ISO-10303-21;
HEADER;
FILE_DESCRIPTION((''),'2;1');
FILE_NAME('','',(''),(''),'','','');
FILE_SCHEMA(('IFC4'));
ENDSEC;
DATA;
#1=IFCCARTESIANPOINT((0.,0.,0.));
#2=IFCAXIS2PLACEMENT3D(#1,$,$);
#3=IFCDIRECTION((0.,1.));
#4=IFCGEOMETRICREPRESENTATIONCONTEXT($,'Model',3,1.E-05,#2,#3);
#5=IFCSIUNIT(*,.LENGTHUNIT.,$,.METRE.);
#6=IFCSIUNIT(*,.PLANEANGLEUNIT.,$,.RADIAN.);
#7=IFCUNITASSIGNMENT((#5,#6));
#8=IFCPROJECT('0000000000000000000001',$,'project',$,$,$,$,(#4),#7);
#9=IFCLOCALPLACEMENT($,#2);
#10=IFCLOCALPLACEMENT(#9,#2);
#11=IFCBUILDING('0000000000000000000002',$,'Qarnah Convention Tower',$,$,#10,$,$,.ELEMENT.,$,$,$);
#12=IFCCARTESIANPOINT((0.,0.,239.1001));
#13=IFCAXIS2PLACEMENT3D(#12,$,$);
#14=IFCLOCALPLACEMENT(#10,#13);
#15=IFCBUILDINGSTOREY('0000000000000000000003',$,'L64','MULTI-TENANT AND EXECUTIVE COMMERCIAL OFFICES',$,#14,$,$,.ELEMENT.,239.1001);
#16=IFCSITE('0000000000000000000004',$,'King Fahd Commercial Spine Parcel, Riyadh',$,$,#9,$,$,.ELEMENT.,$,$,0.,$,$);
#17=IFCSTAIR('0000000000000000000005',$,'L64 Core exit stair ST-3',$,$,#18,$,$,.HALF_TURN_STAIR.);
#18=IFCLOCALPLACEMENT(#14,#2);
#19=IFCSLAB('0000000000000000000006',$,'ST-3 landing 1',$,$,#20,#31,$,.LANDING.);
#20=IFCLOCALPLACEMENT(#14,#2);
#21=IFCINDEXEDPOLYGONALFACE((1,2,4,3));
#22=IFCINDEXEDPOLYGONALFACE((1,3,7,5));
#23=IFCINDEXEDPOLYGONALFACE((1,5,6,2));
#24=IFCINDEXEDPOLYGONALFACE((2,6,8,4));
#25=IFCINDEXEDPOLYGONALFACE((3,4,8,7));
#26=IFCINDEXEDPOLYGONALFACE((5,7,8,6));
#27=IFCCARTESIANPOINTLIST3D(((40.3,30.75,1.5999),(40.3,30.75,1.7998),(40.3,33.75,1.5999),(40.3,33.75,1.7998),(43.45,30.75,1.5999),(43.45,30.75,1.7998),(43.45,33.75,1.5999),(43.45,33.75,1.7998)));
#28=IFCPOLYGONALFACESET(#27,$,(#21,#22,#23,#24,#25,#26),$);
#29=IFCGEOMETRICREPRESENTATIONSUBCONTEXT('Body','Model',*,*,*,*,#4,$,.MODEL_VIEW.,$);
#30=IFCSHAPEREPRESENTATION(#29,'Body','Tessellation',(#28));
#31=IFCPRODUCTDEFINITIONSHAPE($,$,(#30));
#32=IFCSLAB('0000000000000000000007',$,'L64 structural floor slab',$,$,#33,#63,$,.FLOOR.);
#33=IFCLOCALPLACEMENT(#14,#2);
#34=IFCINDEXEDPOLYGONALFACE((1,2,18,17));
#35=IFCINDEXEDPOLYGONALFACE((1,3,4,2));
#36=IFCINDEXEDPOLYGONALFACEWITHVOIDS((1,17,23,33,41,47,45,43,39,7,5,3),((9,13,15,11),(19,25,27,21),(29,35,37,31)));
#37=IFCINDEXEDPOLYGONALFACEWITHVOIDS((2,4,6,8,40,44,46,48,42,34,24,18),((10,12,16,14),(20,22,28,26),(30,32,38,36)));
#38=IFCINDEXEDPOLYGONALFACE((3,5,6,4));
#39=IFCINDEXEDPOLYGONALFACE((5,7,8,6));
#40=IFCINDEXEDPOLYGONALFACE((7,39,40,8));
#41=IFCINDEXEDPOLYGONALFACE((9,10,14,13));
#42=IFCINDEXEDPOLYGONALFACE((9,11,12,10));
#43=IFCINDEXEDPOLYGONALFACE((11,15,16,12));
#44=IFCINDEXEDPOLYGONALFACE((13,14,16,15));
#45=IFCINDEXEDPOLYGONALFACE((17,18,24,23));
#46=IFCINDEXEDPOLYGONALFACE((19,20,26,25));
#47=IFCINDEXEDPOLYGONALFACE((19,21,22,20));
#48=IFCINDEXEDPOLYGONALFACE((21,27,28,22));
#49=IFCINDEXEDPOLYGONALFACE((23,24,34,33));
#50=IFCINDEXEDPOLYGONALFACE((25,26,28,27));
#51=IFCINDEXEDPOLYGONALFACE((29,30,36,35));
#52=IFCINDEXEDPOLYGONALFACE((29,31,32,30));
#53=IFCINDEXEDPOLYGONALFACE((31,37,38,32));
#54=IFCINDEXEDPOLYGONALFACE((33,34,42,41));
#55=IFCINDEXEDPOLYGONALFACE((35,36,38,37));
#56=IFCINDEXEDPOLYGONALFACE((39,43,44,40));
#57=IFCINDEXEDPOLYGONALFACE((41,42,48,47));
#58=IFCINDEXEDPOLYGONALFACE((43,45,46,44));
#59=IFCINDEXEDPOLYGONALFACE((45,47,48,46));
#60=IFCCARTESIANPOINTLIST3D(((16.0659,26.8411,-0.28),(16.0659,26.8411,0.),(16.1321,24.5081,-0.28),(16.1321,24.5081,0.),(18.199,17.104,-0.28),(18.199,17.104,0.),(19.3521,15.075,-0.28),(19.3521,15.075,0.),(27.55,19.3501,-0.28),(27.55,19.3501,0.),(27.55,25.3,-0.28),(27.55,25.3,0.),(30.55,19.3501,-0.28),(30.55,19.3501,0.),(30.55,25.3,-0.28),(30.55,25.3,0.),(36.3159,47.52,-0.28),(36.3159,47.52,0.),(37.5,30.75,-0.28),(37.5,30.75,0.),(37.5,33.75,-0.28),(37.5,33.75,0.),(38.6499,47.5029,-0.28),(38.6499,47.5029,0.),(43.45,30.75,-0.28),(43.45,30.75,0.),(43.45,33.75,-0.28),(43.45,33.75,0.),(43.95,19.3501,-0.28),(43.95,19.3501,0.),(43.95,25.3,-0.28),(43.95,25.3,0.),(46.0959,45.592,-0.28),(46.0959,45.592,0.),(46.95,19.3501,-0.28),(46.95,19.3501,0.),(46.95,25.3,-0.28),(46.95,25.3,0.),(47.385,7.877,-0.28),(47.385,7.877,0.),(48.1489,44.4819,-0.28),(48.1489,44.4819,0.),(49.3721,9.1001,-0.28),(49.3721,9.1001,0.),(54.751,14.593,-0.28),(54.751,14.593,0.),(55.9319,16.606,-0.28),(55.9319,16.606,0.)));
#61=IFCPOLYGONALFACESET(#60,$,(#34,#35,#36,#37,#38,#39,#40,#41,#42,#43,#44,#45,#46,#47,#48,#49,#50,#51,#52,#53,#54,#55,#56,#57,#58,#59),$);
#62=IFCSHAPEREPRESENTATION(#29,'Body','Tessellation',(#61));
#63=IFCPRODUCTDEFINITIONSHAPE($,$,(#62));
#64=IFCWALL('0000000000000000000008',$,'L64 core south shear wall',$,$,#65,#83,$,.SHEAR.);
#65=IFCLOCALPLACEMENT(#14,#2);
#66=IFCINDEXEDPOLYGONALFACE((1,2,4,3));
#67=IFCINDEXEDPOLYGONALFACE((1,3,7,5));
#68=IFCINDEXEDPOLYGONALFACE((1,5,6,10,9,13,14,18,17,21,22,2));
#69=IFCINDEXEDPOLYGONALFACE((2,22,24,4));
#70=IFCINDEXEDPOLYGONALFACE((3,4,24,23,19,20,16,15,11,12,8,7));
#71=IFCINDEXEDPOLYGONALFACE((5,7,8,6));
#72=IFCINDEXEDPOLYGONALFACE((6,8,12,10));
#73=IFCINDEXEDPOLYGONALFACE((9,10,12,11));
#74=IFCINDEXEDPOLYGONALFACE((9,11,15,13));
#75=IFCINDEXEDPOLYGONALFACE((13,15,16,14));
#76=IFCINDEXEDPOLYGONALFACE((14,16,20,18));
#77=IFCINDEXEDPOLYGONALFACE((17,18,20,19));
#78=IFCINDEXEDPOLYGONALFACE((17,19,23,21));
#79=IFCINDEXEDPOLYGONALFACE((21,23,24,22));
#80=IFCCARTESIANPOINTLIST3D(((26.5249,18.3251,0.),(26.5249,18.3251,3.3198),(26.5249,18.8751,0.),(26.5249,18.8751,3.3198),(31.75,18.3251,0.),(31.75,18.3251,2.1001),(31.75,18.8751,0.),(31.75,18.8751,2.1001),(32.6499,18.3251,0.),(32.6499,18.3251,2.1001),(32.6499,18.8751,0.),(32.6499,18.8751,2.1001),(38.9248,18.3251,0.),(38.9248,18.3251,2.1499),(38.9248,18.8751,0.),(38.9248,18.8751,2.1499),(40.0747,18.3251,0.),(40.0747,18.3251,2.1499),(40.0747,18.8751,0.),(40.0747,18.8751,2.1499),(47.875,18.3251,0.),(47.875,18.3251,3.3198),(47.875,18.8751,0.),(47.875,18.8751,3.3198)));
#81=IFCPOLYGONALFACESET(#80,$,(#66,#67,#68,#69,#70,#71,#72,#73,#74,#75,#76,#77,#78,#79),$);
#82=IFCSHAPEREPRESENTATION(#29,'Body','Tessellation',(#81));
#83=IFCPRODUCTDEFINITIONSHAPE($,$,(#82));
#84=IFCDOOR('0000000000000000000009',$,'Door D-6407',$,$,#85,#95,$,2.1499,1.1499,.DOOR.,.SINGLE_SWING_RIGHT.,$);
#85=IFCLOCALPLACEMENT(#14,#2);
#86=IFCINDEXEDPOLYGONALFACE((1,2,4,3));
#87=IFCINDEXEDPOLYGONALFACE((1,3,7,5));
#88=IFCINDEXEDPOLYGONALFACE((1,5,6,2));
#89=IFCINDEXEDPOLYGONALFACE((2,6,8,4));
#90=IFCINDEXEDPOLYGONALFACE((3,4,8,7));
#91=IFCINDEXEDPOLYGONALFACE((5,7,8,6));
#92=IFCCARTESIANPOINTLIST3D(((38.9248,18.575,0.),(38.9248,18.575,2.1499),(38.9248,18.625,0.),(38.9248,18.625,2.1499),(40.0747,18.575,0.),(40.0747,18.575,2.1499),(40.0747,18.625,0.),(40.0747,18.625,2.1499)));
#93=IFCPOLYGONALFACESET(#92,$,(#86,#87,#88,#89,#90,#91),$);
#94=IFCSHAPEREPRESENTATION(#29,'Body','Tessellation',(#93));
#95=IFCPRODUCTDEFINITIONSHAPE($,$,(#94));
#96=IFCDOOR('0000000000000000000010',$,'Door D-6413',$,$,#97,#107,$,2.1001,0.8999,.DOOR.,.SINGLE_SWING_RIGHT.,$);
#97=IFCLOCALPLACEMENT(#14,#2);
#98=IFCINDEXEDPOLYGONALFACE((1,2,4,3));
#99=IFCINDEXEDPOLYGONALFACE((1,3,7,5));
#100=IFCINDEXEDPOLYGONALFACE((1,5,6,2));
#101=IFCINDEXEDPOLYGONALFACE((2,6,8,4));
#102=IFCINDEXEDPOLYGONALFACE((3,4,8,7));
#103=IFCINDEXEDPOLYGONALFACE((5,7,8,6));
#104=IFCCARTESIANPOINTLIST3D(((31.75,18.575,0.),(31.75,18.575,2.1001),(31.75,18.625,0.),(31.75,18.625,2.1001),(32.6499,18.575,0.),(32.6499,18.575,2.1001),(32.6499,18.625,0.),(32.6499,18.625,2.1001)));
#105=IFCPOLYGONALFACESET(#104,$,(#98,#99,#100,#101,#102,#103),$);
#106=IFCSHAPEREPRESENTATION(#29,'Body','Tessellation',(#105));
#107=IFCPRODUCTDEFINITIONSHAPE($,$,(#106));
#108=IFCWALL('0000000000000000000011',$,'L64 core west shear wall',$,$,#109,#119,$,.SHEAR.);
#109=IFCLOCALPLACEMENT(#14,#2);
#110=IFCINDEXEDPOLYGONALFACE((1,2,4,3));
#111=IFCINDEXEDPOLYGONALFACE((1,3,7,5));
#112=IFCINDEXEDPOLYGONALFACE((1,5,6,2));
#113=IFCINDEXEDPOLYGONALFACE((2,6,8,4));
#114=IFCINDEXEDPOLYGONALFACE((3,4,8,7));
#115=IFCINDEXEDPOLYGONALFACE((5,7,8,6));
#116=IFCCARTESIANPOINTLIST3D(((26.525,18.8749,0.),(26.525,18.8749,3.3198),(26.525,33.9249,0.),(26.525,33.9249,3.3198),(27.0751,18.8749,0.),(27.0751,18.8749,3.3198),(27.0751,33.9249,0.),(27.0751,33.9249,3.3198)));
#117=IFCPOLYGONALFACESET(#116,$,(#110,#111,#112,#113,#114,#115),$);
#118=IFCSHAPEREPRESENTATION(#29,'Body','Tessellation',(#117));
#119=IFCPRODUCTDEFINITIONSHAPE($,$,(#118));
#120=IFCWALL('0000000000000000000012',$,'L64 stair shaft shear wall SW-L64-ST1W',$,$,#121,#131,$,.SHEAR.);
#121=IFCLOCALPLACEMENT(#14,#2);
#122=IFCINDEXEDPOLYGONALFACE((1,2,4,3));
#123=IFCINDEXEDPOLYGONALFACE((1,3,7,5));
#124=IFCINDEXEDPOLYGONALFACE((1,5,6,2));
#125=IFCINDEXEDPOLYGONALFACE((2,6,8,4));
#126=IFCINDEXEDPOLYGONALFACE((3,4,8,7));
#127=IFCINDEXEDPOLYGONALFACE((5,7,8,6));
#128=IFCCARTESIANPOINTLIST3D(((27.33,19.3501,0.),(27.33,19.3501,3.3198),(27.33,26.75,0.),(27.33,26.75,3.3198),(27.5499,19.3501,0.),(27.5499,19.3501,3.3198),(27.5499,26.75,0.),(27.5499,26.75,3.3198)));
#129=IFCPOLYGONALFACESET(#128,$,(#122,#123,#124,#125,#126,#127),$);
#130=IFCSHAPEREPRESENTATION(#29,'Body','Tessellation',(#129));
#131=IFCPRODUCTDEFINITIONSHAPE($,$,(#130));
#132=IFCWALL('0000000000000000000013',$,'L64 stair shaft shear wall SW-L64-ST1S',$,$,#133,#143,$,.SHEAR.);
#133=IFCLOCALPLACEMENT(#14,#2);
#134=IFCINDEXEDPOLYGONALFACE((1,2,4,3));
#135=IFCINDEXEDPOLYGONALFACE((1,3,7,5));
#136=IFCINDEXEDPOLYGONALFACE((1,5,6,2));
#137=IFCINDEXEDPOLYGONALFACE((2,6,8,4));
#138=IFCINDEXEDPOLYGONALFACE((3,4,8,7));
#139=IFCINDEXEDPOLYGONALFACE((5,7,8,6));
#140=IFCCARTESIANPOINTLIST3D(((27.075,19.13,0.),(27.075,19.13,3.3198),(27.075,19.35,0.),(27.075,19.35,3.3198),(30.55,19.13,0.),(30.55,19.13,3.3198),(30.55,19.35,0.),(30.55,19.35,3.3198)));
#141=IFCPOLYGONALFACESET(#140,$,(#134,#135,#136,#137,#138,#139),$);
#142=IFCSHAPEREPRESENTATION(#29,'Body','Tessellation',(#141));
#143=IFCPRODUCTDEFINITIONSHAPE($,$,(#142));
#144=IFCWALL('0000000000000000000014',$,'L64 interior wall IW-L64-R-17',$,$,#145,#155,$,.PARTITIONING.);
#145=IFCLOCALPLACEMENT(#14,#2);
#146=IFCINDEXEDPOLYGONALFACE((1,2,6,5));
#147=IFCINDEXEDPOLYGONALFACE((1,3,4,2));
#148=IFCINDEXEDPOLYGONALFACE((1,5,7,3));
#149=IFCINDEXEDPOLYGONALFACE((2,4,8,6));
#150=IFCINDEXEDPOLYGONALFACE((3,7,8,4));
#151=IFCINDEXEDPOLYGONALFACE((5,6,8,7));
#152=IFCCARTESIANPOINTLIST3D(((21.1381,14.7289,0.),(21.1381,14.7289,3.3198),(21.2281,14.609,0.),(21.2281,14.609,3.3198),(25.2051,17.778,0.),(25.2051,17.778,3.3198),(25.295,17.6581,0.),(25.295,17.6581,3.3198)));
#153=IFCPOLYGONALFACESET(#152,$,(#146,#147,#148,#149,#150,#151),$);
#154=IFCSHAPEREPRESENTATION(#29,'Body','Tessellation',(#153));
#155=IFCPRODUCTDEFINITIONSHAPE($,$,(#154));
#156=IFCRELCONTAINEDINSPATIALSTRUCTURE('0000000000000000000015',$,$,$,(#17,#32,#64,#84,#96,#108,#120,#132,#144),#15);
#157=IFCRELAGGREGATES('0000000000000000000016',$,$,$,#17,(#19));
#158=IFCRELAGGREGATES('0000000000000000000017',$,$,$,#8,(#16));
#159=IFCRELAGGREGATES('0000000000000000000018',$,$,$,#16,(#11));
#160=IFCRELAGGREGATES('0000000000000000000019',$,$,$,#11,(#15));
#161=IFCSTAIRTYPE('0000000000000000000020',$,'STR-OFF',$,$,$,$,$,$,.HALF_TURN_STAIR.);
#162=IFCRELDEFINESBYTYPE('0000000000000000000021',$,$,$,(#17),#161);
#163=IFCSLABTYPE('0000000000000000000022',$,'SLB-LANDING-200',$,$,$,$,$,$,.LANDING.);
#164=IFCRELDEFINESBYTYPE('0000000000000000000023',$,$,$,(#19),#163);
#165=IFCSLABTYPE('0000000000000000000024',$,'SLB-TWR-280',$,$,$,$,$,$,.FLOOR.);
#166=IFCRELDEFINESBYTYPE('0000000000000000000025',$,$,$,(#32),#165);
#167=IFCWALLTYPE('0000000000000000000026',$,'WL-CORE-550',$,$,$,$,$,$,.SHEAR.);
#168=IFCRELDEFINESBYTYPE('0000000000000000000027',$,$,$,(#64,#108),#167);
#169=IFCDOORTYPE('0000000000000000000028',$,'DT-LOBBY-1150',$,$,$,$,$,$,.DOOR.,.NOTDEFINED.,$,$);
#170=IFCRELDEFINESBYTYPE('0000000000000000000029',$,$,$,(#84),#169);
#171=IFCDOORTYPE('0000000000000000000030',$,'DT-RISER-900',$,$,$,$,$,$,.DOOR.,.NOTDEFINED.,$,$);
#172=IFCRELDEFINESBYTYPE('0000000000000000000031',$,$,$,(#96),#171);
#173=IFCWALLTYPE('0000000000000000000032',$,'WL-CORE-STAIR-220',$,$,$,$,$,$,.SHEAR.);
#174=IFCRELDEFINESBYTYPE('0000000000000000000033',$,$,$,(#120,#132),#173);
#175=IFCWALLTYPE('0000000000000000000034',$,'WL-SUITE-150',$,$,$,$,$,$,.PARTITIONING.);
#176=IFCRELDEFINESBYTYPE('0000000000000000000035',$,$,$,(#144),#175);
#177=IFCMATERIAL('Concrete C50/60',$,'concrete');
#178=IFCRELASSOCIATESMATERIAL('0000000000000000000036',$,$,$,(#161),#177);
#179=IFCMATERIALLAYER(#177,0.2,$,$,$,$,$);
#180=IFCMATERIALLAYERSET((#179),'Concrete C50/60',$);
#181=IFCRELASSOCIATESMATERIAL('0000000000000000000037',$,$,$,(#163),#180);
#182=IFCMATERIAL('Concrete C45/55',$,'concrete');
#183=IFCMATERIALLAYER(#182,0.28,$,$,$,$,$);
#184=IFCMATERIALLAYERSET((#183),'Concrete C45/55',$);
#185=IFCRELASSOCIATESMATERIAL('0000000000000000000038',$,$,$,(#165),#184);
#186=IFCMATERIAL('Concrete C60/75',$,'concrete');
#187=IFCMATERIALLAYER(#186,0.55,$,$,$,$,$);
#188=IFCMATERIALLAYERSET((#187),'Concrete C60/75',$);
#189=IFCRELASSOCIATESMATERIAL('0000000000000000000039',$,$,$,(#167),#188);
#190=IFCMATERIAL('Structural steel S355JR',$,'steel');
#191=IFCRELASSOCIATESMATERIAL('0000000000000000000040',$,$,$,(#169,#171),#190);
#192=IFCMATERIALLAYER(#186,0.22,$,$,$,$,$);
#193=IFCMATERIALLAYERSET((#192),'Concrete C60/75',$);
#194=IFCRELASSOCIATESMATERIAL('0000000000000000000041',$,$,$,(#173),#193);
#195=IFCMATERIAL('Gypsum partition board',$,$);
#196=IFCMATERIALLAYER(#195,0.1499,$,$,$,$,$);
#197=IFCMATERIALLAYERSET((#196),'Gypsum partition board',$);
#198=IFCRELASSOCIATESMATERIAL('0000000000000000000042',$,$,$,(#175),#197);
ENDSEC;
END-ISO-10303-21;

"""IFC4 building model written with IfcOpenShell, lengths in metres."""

from ifc_helpers import new_model, si_unit, direction, frame, frame_2d, origin, place, context, subcontext, project, spatial, polyline, rectangle, outline, extrude, material, layer, layer_set, type_object, element, fill, aggregate, save


model = new_model("IFC4")

# Units and contexts
model_context = context("Model", 3, precision=1e-05, world=origin(), true_north=direction((0.0, 1.0)))
body_context = subcontext(model_context, "Body", "Model", "MODEL_VIEW")
ifc_project = project(units=[si_unit("LENGTHUNIT", "METRE"), si_unit("PLANEANGLEUNIT", "RADIAN")], contexts=[model_context])

# Site, building, storey
site_placement = place(None, origin())
site = spatial("IfcSite", under=ifc_project, at=site_placement, Name="King Fahd Commercial Spine Parcel, Riyadh", CompositionType="ELEMENT", RefElevation=0.0)
building_placement = place(site_placement, origin())
building = spatial("IfcBuilding", under=site, at=building_placement, Name="Qarnah Convention Tower", CompositionType="ELEMENT")
storey_placement = place(building_placement, frame((0.0, 0.0, 239.1001)))
storey = spatial("IfcBuildingStorey", under=building, at=storey_placement, Name="L64", Description="MULTI-TENANT AND EXECUTIVE COMMERCIAL OFFICES", CompositionType="ELEMENT", Elevation=239.1001)

# Shared definitions
ifc_material_1 = material(Name="Concrete C50/60", Category="concrete")

# Shared definitions
ifc_material_2 = material(Name="Structural steel S355JR", Category="steel")

# Shared definitions
ifc_material_3 = material(Name="Concrete C45/55", Category="concrete")

# Stair, slab
stair_type = type_object("IfcStairType", Name="STR-OFF", PredefinedType="HALF_TURN_STAIR", material=ifc_material_1)
ifc_layer_1 = layer(ifc_material_1, 0.2)
ifc_layer_set_1 = layer_set([ifc_layer_1], Name="Concrete C50/60")
slab_type_1 = type_object("IfcSlabType", Name="SLB-LANDING-200", PredefinedType="LANDING", material=ifc_layer_set_1)
stair_1_placement = place(storey_placement, origin())
stair_1 = element("IfcStair", 1, at=stair_1_placement, inside=storey, type_object=stair_type, Name="L64 Core exit stair ST-3", PredefinedType="HALF_TURN_STAIR")
slab_1_placement = place(storey_placement, frame((0.0, 0.0, 1.5999)))
slab_1 = element("IfcSlab", 2, at=slab_1_placement, type_object=slab_type_1, Name="ST-3 landing 1", PredefinedType="LANDING", context=body_context, shape_type="SweptSolid", body=[
    extrude(outline(polyline([(40.3, 30.75), (43.45, 30.75), (43.45, 33.75), (40.3, 33.75), (40.3, 30.75)])), origin(), (0.0, 0.0, 1.0), 0.2),
])
aggregate(stair_1, [slab_1])

# Slab
ifc_layer_2 = layer(ifc_material_3, 0.28)
ifc_layer_set_2 = layer_set([ifc_layer_2], Name="Concrete C45/55")
slab_type_2 = type_object("IfcSlabType", Name="SLB-TWR-280", PredefinedType="FLOOR", material=ifc_layer_set_2)
slab_2_placement = place(storey_placement, frame((0.0, 0.0, -0.28)))
element("IfcSlab", 3, at=slab_2_placement, inside=storey, type_object=slab_type_2, Name="L64 structural floor slab", PredefinedType="FLOOR", context=body_context, shape_type="SweptSolid", body=[
    extrude(outline(polyline([(36.3159, 47.52), (16.0659, 26.8411), (16.1321, 24.5081), (18.199, 17.104), (19.3521, 15.075), (47.385, 7.877), (49.3721, 9.1001), (54.751, 14.593), (55.9319, 16.606), (48.1489, 44.4819), (46.0959, 45.592), (38.6499, 47.5029), (36.3159, 47.52)]), holes=[polyline([(27.55, 25.3), (27.55, 19.3501), (30.55, 19.3501), (30.55, 25.3), (27.55, 25.3)]), polyline([(43.95, 25.3), (43.95, 19.3501), (46.95, 19.3501), (46.95, 25.3), (43.95, 25.3)]), polyline([(37.5, 30.75), (43.45, 30.75), (43.45, 33.75), (37.5, 33.75), (37.5, 30.75)])]), origin(), (0.0, 0.0, 1.0), 0.28),
])

# Wall, openings, doors
ifc_material_4 = material(Name="Concrete C60/75", Category="concrete")
ifc_layer_3 = layer(ifc_material_4, 0.55)
ifc_layer_set_3 = layer_set([ifc_layer_3], Name="Concrete C60/75")
wall_type_1 = type_object("IfcWallType", Name="WL-CORE-550", PredefinedType="SHEAR", material=ifc_layer_set_3)
wall_1_placement = place(storey_placement, frame((26.5249, 18.6001, 0.0), z_axis=(0.0, 0.0, 1.0), x_axis=(1.0, 0.0, 0.0)))
wall_1 = element("IfcWall", 4, at=wall_1_placement, inside=storey, type_object=wall_type_1, Name="L64 core south shear wall", PredefinedType="SHEAR", context=body_context, shape_type="SweptSolid", body=[
    extrude(rectangle(XDim=21.3501, YDim=0.55, at=frame_2d((10.675, 0.0))), origin(), (0.0, 0.0, 1.0), 3.3198),
])
opening_1_placement = place(wall_1_placement, frame((12.3999, 0.0, 0.0)))
opening_1 = element("IfcOpeningElement", 5, at=opening_1_placement, cuts=wall_1, PredefinedType="OPENING", context=body_context, shape_type="SweptSolid", body=[
    extrude(rectangle(XDim=1.1499, YDim=2.1499, at=frame_2d((0.575, 1.075))), frame((0.0, 0.2849, 0.0), z_axis=(0.0, -1.0, 0.0), x_axis=(1.0, 0.0, 0.0)), (0.0, 0.0, 1.0), 0.5701),
])
opening_2_placement = place(wall_1_placement, frame((5.2251, 0.0, 0.0)))
opening_2 = element("IfcOpeningElement", 6, at=opening_2_placement, cuts=wall_1, PredefinedType="OPENING", context=body_context, shape_type="SweptSolid", body=[
    extrude(rectangle(XDim=0.8999, YDim=2.1001, at=frame_2d((0.45, 1.05))), frame((0.0, 0.2849, 0.0), z_axis=(0.0, -1.0, 0.0), x_axis=(1.0, 0.0, 0.0)), (0.0, 0.0, 1.0), 0.5701),
])
door_type_1 = type_object("IfcDoorType", Name="DT-LOBBY-1150", OperationType="NOTDEFINED", PredefinedType="DOOR", material=ifc_material_2)
door_1_placement = place(opening_1_placement, origin())
door_1 = element("IfcDoor", 7, at=door_1_placement, inside=storey, type_object=door_type_1, Name="Door D-6407", OperationType="SINGLE_SWING_RIGHT", OverallHeight=2.1499, OverallWidth=1.1499, PredefinedType="DOOR", context=body_context, shape_type="SweptSolid", body=[
    extrude(rectangle(XDim=1.1499, YDim=2.1499, at=frame_2d((0.575, 1.075))), frame((0.0, 0.0249, 0.0), z_axis=(0.0, -1.0, 0.0), x_axis=(1.0, 0.0, 0.0)), (0.0, 0.0, 1.0), 0.05),
])
fill(opening_1, door_1)
door_type_2 = type_object("IfcDoorType", Name="DT-RISER-900", OperationType="NOTDEFINED", PredefinedType="DOOR", material=ifc_material_2)
door_2_placement = place(opening_2_placement, origin())
door_2 = element("IfcDoor", 8, at=door_2_placement, inside=storey, type_object=door_type_2, Name="Door D-6413", OperationType="SINGLE_SWING_RIGHT", OverallHeight=2.1001, OverallWidth=0.8999, PredefinedType="DOOR", context=body_context, shape_type="SweptSolid", body=[
    extrude(rectangle(XDim=0.8999, YDim=2.1001, at=frame_2d((0.45, 1.05))), frame((0.0, 0.0249, 0.0), z_axis=(0.0, -1.0, 0.0), x_axis=(1.0, 0.0, 0.0)), (0.0, 0.0, 1.0), 0.05),
])
fill(opening_2, door_2)

# Walls
wall_2_placement = place(storey_placement, frame((26.8, 18.875, 0.0), z_axis=(0.0, 0.0, 1.0), x_axis=(0.0, 1.0, 0.0)))
element("IfcWall", 9, at=wall_2_placement, inside=storey, type_object=wall_type_1, Name="L64 core west shear wall", PredefinedType="SHEAR", context=body_context, shape_type="SweptSolid", body=[
    extrude(rectangle(XDim=15.05, YDim=0.55, at=frame_2d((7.5249, 0.0))), origin(), (0.0, 0.0, 1.0), 3.3198),
])
ifc_layer_4 = layer(ifc_material_4, 0.22)
ifc_layer_set_4 = layer_set([ifc_layer_4], Name="Concrete C60/75")
wall_type_2 = type_object("IfcWallType", Name="WL-CORE-STAIR-220", PredefinedType="SHEAR", material=ifc_layer_set_4)
wall_3_placement = place(storey_placement, frame((27.4399, 19.3501, 0.0), z_axis=(0.0, 0.0, 1.0), x_axis=(0.0, 1.0, 0.0)))
element("IfcWall", 10, at=wall_3_placement, inside=storey, type_object=wall_type_2, Name="L64 stair shaft shear wall SW-L64-ST1W", PredefinedType="SHEAR", context=body_context, shape_type="SweptSolid", body=[
    extrude(rectangle(XDim=7.3999, YDim=0.22, at=frame_2d((3.7, 0.0))), origin(), (0.0, 0.0, 1.0), 3.3198),
])
wall_4_placement = place(storey_placement, frame((27.075, 19.24, 0.0), z_axis=(0.0, 0.0, 1.0), x_axis=(1.0, 0.0, 0.0)))
element("IfcWall", 11, at=wall_4_placement, inside=storey, type_object=wall_type_2, Name="L64 stair shaft shear wall SW-L64-ST1S", PredefinedType="SHEAR", context=body_context, shape_type="SweptSolid", body=[
    extrude(rectangle(XDim=3.4751, YDim=0.22, at=frame_2d((1.7375, 0.0))), origin(), (0.0, 0.0, 1.0), 3.3198),
])

# Wall
ifc_material_5 = material(Name="Gypsum partition board")
ifc_layer_5 = layer(ifc_material_5, 0.1499)
ifc_layer_set_5 = layer_set([ifc_layer_5], Name="Gypsum partition board")
wall_type_3 = type_object("IfcWallType", Name="WL-SUITE-150", PredefinedType="PARTITIONING", material=ifc_layer_set_5)
wall_5_placement = place(storey_placement, frame((21.1831, 14.6689, 0.0), z_axis=(0.0, 0.0, 1.0), x_axis=(0.800104, 0.599862, 0.0)))
element("IfcWall", 12, at=wall_5_placement, inside=storey, type_object=wall_type_3, Name="L64 interior wall IW-L64-R-17", PredefinedType="PARTITIONING", context=body_context, shape_type="SweptSolid", body=[
    extrude(rectangle(XDim=5.083, YDim=0.1499, at=frame_2d((2.5415, 0.0))), origin(), (0.0, 0.0, 1.0), 3.3198),
])

save(model, "model.ifc")
